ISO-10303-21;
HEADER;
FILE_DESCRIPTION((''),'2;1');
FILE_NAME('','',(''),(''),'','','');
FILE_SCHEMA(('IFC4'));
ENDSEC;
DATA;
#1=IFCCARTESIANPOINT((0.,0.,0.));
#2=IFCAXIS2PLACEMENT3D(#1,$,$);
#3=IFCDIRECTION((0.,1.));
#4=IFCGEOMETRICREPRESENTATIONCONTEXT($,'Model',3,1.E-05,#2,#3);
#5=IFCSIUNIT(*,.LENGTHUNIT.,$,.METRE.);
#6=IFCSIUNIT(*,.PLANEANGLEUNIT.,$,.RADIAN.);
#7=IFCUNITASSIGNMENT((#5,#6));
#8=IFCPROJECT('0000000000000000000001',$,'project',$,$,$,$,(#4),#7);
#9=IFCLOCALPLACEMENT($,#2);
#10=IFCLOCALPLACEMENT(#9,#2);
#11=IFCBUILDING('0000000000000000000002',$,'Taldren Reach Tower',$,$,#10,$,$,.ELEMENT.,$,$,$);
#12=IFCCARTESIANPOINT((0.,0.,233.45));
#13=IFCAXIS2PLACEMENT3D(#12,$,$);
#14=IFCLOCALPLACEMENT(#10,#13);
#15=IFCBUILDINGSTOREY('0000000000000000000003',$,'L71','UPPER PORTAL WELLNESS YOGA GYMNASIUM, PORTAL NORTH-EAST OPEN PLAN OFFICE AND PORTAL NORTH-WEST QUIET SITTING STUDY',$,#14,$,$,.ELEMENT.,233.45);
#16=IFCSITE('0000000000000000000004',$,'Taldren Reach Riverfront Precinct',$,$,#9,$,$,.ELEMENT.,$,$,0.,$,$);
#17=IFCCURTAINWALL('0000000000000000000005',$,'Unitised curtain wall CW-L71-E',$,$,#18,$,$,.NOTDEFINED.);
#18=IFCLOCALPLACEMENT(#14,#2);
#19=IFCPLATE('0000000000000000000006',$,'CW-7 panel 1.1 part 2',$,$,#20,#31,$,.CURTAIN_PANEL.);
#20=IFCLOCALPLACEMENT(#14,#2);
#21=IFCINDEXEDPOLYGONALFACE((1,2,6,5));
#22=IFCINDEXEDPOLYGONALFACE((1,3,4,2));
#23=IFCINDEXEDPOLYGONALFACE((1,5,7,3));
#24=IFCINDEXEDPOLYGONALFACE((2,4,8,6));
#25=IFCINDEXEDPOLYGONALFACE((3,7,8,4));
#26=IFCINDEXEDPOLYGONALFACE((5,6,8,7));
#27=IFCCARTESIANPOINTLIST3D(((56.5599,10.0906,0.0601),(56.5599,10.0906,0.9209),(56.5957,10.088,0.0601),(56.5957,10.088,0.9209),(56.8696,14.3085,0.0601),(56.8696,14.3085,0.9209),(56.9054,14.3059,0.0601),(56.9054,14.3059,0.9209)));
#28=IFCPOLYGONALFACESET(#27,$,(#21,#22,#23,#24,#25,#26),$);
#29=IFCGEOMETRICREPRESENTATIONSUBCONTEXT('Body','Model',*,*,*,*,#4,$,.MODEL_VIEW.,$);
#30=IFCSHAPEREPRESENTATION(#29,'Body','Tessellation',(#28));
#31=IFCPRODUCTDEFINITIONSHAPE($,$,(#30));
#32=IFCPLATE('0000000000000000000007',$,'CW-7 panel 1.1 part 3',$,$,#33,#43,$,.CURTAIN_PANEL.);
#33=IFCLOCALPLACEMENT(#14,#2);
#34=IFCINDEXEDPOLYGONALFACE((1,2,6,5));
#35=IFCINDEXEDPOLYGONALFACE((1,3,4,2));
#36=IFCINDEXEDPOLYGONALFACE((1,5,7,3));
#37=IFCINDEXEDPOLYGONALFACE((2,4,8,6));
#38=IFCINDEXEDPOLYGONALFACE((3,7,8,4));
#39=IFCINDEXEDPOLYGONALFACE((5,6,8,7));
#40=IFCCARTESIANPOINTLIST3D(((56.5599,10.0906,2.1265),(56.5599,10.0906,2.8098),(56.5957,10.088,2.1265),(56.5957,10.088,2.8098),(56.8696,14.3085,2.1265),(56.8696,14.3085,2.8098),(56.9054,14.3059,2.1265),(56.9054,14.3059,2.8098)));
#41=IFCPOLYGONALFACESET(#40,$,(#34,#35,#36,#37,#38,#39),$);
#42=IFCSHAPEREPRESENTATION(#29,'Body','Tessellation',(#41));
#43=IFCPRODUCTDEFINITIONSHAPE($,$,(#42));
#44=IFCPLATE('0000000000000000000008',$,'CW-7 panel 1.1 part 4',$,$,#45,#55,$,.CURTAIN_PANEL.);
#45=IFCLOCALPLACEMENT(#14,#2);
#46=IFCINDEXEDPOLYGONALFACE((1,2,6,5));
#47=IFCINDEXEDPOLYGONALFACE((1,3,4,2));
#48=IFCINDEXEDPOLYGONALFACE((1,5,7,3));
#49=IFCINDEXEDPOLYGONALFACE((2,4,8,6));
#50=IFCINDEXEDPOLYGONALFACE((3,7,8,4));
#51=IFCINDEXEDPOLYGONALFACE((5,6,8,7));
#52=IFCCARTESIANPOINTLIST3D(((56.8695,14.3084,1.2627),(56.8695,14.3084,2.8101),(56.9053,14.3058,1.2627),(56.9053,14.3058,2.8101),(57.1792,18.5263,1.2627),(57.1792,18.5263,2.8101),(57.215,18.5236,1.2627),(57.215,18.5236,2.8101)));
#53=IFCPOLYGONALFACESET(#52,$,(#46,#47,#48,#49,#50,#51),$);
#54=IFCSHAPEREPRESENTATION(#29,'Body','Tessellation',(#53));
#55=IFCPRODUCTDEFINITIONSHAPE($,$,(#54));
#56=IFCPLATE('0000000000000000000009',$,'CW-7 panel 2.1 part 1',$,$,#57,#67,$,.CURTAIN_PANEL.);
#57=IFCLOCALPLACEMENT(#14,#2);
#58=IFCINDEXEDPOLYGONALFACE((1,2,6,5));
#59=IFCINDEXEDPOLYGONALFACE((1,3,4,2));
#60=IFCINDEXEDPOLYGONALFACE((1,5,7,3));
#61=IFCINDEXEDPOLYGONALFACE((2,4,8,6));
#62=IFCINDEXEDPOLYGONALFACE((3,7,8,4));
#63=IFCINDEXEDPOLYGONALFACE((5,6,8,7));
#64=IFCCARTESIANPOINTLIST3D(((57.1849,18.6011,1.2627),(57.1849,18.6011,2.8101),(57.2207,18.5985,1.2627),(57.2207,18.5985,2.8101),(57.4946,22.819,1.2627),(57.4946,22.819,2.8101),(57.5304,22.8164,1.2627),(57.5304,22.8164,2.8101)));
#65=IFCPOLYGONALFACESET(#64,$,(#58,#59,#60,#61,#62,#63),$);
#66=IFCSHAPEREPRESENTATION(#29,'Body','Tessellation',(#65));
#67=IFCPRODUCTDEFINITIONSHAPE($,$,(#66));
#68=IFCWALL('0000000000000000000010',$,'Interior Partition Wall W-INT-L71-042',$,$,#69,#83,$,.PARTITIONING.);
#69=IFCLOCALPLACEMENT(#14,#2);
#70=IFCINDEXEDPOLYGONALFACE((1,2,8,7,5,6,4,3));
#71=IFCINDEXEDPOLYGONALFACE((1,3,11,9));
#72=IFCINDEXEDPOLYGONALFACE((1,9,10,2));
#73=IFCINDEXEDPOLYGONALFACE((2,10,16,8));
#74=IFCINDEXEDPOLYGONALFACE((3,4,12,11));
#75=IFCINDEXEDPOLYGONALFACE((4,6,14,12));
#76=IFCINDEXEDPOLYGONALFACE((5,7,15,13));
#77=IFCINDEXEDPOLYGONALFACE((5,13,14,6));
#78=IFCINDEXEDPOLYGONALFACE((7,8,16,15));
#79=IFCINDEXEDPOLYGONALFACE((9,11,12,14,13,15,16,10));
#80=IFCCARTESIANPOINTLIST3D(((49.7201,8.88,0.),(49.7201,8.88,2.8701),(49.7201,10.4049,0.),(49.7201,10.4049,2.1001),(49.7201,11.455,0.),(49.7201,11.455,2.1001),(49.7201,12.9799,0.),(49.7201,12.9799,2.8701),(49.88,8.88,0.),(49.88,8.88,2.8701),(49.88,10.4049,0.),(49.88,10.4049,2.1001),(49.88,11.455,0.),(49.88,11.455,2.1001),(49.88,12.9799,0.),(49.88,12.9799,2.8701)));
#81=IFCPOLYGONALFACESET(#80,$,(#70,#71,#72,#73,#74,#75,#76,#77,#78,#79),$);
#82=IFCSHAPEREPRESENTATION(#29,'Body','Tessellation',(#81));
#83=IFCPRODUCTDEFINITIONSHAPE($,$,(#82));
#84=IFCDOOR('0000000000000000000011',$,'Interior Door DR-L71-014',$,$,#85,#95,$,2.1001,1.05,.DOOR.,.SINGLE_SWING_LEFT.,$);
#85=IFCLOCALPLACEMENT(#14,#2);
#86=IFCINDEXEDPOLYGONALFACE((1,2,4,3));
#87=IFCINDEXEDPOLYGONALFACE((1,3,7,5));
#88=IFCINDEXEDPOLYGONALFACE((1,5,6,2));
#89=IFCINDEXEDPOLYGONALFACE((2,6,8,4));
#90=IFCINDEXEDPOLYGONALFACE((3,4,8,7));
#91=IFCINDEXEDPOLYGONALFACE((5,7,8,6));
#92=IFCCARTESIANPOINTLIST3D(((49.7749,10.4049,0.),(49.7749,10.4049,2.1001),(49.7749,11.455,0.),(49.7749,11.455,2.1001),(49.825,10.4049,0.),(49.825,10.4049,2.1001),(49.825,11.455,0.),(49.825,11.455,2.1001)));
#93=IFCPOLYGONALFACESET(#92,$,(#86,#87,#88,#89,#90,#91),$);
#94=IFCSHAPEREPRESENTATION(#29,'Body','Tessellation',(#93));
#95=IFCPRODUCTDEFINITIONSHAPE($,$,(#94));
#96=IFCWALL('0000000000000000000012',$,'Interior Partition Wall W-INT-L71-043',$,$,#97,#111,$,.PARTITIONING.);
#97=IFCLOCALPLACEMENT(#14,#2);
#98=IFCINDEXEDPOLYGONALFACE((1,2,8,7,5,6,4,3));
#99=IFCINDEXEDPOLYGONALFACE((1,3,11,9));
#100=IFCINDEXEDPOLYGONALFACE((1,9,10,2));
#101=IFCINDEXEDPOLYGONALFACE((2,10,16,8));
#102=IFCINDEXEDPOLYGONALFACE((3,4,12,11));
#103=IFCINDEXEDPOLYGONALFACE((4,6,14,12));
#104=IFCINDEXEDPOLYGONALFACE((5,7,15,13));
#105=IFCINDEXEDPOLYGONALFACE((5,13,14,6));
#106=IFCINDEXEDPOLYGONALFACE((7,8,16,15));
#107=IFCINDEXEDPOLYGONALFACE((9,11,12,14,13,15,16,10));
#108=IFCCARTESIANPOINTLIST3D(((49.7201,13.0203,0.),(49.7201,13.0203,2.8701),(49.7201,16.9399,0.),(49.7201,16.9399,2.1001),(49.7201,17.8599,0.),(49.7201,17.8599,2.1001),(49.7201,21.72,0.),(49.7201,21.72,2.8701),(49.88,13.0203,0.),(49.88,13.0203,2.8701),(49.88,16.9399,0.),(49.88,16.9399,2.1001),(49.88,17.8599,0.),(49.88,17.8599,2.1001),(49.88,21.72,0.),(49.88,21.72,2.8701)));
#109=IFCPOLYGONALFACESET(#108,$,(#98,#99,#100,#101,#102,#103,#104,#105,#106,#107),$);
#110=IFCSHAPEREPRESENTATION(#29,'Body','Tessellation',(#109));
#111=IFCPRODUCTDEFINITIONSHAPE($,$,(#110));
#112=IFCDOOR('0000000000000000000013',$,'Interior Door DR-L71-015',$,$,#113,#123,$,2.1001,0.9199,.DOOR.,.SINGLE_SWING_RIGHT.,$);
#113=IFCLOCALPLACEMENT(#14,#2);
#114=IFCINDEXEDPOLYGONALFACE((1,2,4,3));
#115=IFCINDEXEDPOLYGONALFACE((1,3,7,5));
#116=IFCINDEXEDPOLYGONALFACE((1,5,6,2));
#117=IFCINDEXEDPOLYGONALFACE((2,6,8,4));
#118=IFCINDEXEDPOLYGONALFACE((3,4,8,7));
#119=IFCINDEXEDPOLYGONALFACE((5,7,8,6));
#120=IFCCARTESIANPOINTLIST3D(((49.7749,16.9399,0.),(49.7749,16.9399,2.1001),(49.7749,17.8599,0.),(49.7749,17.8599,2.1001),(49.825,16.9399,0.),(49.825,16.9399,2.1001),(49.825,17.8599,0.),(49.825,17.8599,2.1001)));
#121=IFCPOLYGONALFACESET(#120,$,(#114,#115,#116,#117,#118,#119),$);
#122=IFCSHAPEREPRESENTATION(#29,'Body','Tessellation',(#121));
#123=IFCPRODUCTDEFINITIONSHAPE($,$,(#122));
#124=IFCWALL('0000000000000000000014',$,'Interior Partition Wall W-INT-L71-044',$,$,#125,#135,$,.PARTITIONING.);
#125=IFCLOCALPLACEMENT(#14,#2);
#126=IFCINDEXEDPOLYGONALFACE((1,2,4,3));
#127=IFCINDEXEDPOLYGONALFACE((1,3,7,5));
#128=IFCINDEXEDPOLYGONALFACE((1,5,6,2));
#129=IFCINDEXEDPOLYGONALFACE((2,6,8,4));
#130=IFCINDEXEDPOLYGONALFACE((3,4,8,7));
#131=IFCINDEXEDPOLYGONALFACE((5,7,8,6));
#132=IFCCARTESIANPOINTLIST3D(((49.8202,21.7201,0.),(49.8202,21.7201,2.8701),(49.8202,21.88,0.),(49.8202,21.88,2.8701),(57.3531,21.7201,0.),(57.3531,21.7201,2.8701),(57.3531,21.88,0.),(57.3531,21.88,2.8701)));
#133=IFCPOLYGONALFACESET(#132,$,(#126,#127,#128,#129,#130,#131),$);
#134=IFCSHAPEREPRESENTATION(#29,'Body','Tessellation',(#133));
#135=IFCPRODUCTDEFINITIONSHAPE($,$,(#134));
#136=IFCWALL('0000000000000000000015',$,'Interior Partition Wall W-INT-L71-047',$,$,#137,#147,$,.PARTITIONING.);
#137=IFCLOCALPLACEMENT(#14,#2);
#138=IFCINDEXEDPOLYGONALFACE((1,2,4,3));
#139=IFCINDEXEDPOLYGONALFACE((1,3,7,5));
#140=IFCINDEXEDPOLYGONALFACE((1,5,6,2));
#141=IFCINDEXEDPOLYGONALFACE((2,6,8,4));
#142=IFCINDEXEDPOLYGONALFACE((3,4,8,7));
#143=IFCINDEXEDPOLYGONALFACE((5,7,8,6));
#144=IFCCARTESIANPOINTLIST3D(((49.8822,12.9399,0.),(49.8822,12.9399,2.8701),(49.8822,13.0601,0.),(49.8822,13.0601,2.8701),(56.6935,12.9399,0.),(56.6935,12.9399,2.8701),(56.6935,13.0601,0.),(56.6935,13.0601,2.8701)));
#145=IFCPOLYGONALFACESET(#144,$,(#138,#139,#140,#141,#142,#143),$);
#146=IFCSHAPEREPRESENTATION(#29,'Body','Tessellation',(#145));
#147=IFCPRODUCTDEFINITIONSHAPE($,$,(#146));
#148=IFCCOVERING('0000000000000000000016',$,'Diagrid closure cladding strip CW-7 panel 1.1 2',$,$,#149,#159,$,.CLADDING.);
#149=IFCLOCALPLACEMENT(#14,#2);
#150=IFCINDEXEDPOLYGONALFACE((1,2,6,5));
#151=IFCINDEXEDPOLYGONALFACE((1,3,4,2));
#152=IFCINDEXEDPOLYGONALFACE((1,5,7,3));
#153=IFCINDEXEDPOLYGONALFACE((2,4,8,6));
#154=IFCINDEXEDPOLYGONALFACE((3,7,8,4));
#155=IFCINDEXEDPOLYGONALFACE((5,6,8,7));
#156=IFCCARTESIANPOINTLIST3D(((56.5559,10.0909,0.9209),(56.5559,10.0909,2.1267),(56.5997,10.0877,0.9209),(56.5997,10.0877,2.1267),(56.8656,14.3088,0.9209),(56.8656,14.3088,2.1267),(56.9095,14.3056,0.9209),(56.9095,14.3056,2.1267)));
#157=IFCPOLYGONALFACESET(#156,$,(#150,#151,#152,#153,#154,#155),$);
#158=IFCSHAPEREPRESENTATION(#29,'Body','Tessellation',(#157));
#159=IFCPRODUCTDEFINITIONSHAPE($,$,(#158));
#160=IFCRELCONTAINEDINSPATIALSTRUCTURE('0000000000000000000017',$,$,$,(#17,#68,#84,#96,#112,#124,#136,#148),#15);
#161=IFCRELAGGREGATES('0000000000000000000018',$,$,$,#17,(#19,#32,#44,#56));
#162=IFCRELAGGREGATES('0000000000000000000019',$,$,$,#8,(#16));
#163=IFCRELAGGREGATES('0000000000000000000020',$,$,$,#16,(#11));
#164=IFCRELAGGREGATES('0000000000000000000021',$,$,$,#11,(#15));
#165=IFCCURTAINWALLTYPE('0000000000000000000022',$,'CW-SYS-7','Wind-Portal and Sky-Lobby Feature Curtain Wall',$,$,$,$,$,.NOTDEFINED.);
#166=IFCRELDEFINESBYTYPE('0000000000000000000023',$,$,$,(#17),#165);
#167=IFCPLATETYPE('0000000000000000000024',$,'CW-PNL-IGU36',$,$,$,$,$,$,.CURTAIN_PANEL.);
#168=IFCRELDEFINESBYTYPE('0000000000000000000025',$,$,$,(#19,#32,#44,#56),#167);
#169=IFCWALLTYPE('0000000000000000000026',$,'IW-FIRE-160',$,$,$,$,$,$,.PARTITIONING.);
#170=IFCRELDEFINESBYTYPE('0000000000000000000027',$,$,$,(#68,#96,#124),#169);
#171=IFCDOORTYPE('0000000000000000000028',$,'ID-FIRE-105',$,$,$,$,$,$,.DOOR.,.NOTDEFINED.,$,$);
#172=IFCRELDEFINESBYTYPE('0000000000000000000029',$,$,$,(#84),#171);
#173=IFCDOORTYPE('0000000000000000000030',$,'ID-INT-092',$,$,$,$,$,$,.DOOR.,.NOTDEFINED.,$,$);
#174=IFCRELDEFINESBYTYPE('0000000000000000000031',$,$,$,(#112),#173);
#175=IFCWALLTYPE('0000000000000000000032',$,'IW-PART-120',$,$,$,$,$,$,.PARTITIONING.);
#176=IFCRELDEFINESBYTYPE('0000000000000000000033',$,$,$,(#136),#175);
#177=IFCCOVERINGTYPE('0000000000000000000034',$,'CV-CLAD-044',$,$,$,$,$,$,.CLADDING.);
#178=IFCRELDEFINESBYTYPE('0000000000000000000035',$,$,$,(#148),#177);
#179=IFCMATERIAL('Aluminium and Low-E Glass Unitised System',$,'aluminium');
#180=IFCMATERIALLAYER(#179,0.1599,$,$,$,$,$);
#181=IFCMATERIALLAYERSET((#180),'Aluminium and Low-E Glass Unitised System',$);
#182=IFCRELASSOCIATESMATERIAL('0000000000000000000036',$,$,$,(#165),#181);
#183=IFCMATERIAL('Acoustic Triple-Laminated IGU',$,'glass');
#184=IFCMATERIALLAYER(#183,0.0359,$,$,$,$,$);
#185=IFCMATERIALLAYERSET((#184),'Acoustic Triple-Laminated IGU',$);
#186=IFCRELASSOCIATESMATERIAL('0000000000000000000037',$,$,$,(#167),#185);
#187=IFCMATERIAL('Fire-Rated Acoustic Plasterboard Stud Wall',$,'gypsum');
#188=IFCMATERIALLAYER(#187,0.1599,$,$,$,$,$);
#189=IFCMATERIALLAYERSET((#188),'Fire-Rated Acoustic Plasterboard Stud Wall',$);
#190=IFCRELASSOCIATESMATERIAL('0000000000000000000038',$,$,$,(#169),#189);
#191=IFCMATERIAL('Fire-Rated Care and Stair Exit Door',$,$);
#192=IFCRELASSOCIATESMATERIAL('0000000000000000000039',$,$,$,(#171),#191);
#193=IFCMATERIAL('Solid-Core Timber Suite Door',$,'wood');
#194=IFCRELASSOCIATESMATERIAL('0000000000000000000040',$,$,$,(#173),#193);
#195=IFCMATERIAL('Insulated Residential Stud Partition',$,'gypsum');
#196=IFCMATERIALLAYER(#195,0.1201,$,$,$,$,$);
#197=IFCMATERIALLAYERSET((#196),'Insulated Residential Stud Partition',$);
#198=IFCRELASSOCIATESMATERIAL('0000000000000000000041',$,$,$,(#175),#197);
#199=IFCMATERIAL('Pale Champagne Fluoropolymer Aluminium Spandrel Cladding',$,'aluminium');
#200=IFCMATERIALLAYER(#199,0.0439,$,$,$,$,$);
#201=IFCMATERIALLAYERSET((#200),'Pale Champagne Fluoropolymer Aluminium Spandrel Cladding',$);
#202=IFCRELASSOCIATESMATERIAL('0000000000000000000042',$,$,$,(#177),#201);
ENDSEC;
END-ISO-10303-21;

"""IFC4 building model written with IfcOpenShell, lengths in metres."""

from ifc_helpers import new_model, si_unit, direction, frame, frame_2d, origin, origin_2d, place, context, subcontext, project, spatial, rectangle, extrude, source, transform, mapped, material, layer, layer_set, type_object, element, fill, aggregate, save


model = new_model("IFC4")

# Units and contexts
model_context = context("Model", 3, precision=1e-05, world=origin(), true_north=direction((0.0, 1.0)))
body_context = subcontext(model_context, "Body", "Model", "MODEL_VIEW")
ifc_project = project(units=[si_unit("LENGTHUNIT", "METRE"), si_unit("PLANEANGLEUNIT", "RADIAN")], contexts=[model_context])

# Site, building, storey
site_placement = place(None, origin())
site = spatial("IfcSite", under=ifc_project, at=site_placement, Name="Taldren Reach Riverfront Precinct", CompositionType="ELEMENT", RefElevation=0.0)
building_placement = place(site_placement, origin())
building = spatial("IfcBuilding", under=site, at=building_placement, Name="Taldren Reach Tower", CompositionType="ELEMENT")
storey_placement = place(building_placement, frame((0.0, 0.0, 233.45)))
storey = spatial("IfcBuildingStorey", under=building, at=storey_placement, Name="L71", Description="UPPER PORTAL WELLNESS YOGA GYMNASIUM, PORTAL NORTH-EAST OPEN PLAN OFFICE AND PORTAL NORTH-WEST QUIET SITTING STUDY", CompositionType="ELEMENT", Elevation=233.45)

# Curtain wall
ifc_material_1 = material(Name="Aluminium and Low-E Glass Unitised System", Category="aluminium")
ifc_layer_1 = layer(ifc_material_1, 0.1599)
ifc_layer_set_1 = layer_set([ifc_layer_1], Name="Aluminium and Low-E Glass Unitised System")
curtain_wall_type = type_object("IfcCurtainWallType", Name="CW-SYS-7", Description="Wind-Portal and Sky-Lobby Feature Curtain Wall", PredefinedType="NOTDEFINED", material=ifc_layer_set_1)
curtain_wall_placement = place(storey_placement, origin())
curtain_wall = element("IfcCurtainWall", 1, at=curtain_wall_placement, inside=storey, type_object=curtain_wall_type, Name="Unitised curtain wall CW-L71-E", PredefinedType="NOTDEFINED")

# Plates
ifc_material_2 = material(Name="Acoustic Triple-Laminated IGU", Category="glass")
ifc_layer_2 = layer(ifc_material_2, 0.0359)
ifc_layer_set_2 = layer_set([ifc_layer_2], Name="Acoustic Triple-Laminated IGU")
plate_type_1 = type_object("IfcPlateType", Name="CW-PNL-IGU36", PredefinedType="CURTAIN_PANEL", material=ifc_layer_set_2)
shared_shape_1 = source(origin(), body_context, "Body", "SweptSolid", [
    extrude(rectangle(XDim=4.2292, YDim=0.0359, at=origin_2d()), origin(), (0.0, 0.0, 1.0), 0.8608),
])
plate_1_placement = place(storey_placement, frame((56.7327, 12.1982, 0.0601), z_axis=(0.0, 0.0, 1.0), x_axis=(0.073238, 0.997314, 0.0)))
plate_1 = element("IfcPlate", 2, at=plate_1_placement, type_object=plate_type_1, Name="CW-7 panel 1.1 part 2", PredefinedType="CURTAIN_PANEL", context=body_context, shape_type="MappedRepresentation", body=[
    mapped(shared_shape_1, transform((0.0, 0.0, 0.0), scale=1.0)),
])
shared_shape_2 = source(origin(), body_context, "Body", "SweptSolid", [
    extrude(rectangle(XDim=4.2292, YDim=0.0359, at=origin_2d()), origin(), (0.0, 0.0, 1.0), 0.6833),
])
plate_2_placement = place(storey_placement, frame((56.7327, 12.1982, 2.1265), z_axis=(0.0, 0.0, 1.0), x_axis=(0.073238, 0.997314, 0.0)))
plate_2 = element("IfcPlate", 3, at=plate_2_placement, type_object=plate_type_1, Name="CW-7 panel 1.1 part 3", PredefinedType="CURTAIN_PANEL", context=body_context, shape_type="MappedRepresentation", body=[
    mapped(shared_shape_2, transform((0.0, 0.0, 0.0), scale=1.0)),
])
shared_shape_3 = source(origin(), body_context, "Body", "SweptSolid", [
    extrude(rectangle(XDim=4.2292, YDim=0.0359, at=origin_2d()), origin(), (0.0, 0.0, 1.0), 1.5474),
])
plate_3_placement = place(storey_placement, frame((57.0422, 16.416, 1.2627), z_axis=(0.0, 0.0, 1.0), x_axis=(0.073238, 0.997314, 0.0)))
plate_3 = element("IfcPlate", 4, at=plate_3_placement, type_object=plate_type_1, Name="CW-7 panel 1.1 part 4", PredefinedType="CURTAIN_PANEL", context=body_context, shape_type="MappedRepresentation", body=[
    mapped(shared_shape_3, transform((0.0, 0.0, 0.0), scale=1.0)),
])
plate_4_placement = place(storey_placement, frame((57.3577, 20.7087, 1.2627), z_axis=(0.0, 0.0, 1.0), x_axis=(0.073238, 0.997314, 0.0)))
plate_4 = element("IfcPlate", 5, at=plate_4_placement, type_object=plate_type_1, Name="CW-7 panel 2.1 part 1", PredefinedType="CURTAIN_PANEL", context=body_context, shape_type="MappedRepresentation", body=[
    mapped(shared_shape_3, transform((0.0, 0.0, 0.0), scale=1.0)),
])
aggregate(curtain_wall, [plate_1, plate_2, plate_3, plate_4])

# Walls, openings, doors
ifc_material_3 = material(Name="Fire-Rated Acoustic Plasterboard Stud Wall", Category="gypsum")
ifc_layer_3 = layer(ifc_material_3, 0.1599)
ifc_layer_set_3 = layer_set([ifc_layer_3], Name="Fire-Rated Acoustic Plasterboard Stud Wall")
wall_type_1 = type_object("IfcWallType", Name="IW-FIRE-160", PredefinedType="PARTITIONING", material=ifc_layer_set_3)
shared_shape_4 = source(origin(), body_context, "Body", "SweptSolid", [
    extrude(rectangle(XDim=4.0999, YDim=0.1599, at=frame_2d((2.0498, 0.0))), origin(), (0.0, 0.0, 1.0), 2.8701),
])
wall_1_placement = place(storey_placement, frame((49.8, 12.9797, 0.0), z_axis=(0.0, 0.0, 1.0), x_axis=(0.0, -1.0, 0.0)))
wall_1 = element("IfcWall", 6, at=wall_1_placement, inside=storey, type_object=wall_type_1, Name="Interior Partition Wall W-INT-L71-042", PredefinedType="PARTITIONING", context=body_context, shape_type="MappedRepresentation", body=[
    mapped(shared_shape_4, transform((0.0, 0.0, 0.0), scale=1.0)),
])
shared_shape_5 = source(origin(), body_context, "Body", "SweptSolid", [
    extrude(rectangle(XDim=1.05, YDim=2.1001, at=frame_2d((0.5249, 1.05))), frame((0.0, 0.0898, 0.0), z_axis=(0.0, -1.0, 0.0), x_axis=(1.0, 0.0, 0.0)), (0.0, 0.0, 1.0), 0.1799),
])
opening_1_placement = place(wall_1_placement, frame((1.5249, 0.0, 0.0)))
opening_1 = element("IfcOpeningElement", 7, at=opening_1_placement, cuts=wall_1, PredefinedType="OPENING", context=body_context, shape_type="MappedRepresentation", body=[
    mapped(shared_shape_5, transform((0.0, 0.0, 0.0), scale=1.0)),
])
ifc_material_4 = material(Name="Fire-Rated Care and Stair Exit Door")
door_type_1 = type_object("IfcDoorType", Name="ID-FIRE-105", OperationType="NOTDEFINED", PredefinedType="DOOR", material=ifc_material_4)
shared_shape_6 = source(origin(), body_context, "Body", "SweptSolid", [
    extrude(rectangle(XDim=1.05, YDim=2.1001, at=frame_2d((0.5249, 1.05))), frame((0.0, 0.0249, 0.0), z_axis=(0.0, -1.0, 0.0), x_axis=(1.0, 0.0, 0.0)), (0.0, 0.0, 1.0), 0.05),
])
door_1_placement = place(opening_1_placement, origin())
door_1 = element("IfcDoor", 8, at=door_1_placement, inside=storey, type_object=door_type_1, Name="Interior Door DR-L71-014", OperationType="SINGLE_SWING_LEFT", OverallHeight=2.1001, OverallWidth=1.05, PredefinedType="DOOR", context=body_context, shape_type="MappedRepresentation", body=[
    mapped(shared_shape_6, transform((0.0, 0.0, 0.0), scale=1.0)),
])
fill(opening_1, door_1)
shared_shape_7 = source(origin(), body_context, "Body", "SweptSolid", [
    extrude(rectangle(XDim=8.6997, YDim=0.1599, at=frame_2d((4.3499, 0.0))), origin(), (0.0, 0.0, 1.0), 2.8701),
])
wall_2_placement = place(storey_placement, frame((49.8, 21.72, 0.0), z_axis=(0.0, 0.0, 1.0), x_axis=(0.0, -1.0, 0.0)))
wall_2 = element("IfcWall", 9, at=wall_2_placement, inside=storey, type_object=wall_type_1, Name="Interior Partition Wall W-INT-L71-043", PredefinedType="PARTITIONING", context=body_context, shape_type="MappedRepresentation", body=[
    mapped(shared_shape_7, transform((0.0, 0.0, 0.0), scale=1.0)),
])
shared_shape_8 = source(origin(), body_context, "Body", "SweptSolid", [
    extrude(rectangle(XDim=0.9199, YDim=2.1001, at=frame_2d((0.46, 1.05))), frame((0.0, 0.0898, 0.0), z_axis=(0.0, -1.0, 0.0), x_axis=(1.0, 0.0, 0.0)), (0.0, 0.0, 1.0), 0.1799),
])
opening_2_placement = place(wall_2_placement, frame((3.8601, 0.0, 0.0)))
opening_2 = element("IfcOpeningElement", 10, at=opening_2_placement, cuts=wall_2, PredefinedType="OPENING", context=body_context, shape_type="MappedRepresentation", body=[
    mapped(shared_shape_8, transform((0.0, 0.0, 0.0), scale=1.0)),
])
ifc_material_5 = material(Name="Solid-Core Timber Suite Door", Category="wood")
door_type_2 = type_object("IfcDoorType", Name="ID-INT-092", OperationType="NOTDEFINED", PredefinedType="DOOR", material=ifc_material_5)
shared_shape_9 = source(origin(), body_context, "Body", "SweptSolid", [
    extrude(rectangle(XDim=0.9199, YDim=2.1001, at=frame_2d((0.46, 1.05))), frame((0.0, 0.0249, 0.0), z_axis=(0.0, -1.0, 0.0), x_axis=(1.0, 0.0, 0.0)), (0.0, 0.0, 1.0), 0.05),
])
door_2_placement = place(opening_2_placement, origin())
door_2 = element("IfcDoor", 11, at=door_2_placement, inside=storey, type_object=door_type_2, Name="Interior Door DR-L71-015", OperationType="SINGLE_SWING_RIGHT", OverallHeight=2.1001, OverallWidth=0.9199, PredefinedType="DOOR", context=body_context, shape_type="MappedRepresentation", body=[
    mapped(shared_shape_9, transform((0.0, 0.0, 0.0), scale=1.0)),
])
fill(opening_2, door_2)

# Walls
shared_shape_10 = source(origin(), body_context, "Body", "SweptSolid", [
    extrude(rectangle(XDim=7.533, YDim=0.1599, at=frame_2d((3.7666, 0.0))), origin(), (0.0, 0.0, 1.0), 2.8701),
])
wall_3_placement = place(storey_placement, frame((57.3533, 21.8, 0.0), z_axis=(0.0, 0.0, 1.0), x_axis=(-1.0, 0.0, 0.0)))
element("IfcWall", 12, at=wall_3_placement, inside=storey, type_object=wall_type_1, Name="Interior Partition Wall W-INT-L71-044", PredefinedType="PARTITIONING", context=body_context, shape_type="MappedRepresentation", body=[
    mapped(shared_shape_10, transform((0.0, 0.0, 0.0), scale=1.0)),
])
ifc_material_6 = material(Name="Insulated Residential Stud Partition", Category="gypsum")
ifc_layer_4 = layer(ifc_material_6, 0.1201)
ifc_layer_set_4 = layer_set([ifc_layer_4], Name="Insulated Residential Stud Partition")
wall_type_2 = type_object("IfcWallType", Name="IW-PART-120", PredefinedType="PARTITIONING", material=ifc_layer_set_4)
shared_shape_11 = source(origin(), body_context, "Body", "SweptSolid", [
    extrude(rectangle(XDim=6.8113, YDim=0.1201, at=frame_2d((3.4058, 0.0))), origin(), (0.0, 0.0, 1.0), 2.8701),
])
wall_4_placement = place(storey_placement, frame((49.8821, 13.0, 0.0), z_axis=(0.0, 0.0, 1.0), x_axis=(1.0, 0.0, 0.0)))
element("IfcWall", 13, at=wall_4_placement, inside=storey, type_object=wall_type_2, Name="Interior Partition Wall W-INT-L71-047", PredefinedType="PARTITIONING", context=body_context, shape_type="MappedRepresentation", body=[
    mapped(shared_shape_11, transform((0.0, 0.0, 0.0), scale=1.0)),
])

# Covering
ifc_material_7 = material(Name="Pale Champagne Fluoropolymer Aluminium Spandrel Cladding", Category="aluminium")
ifc_layer_5 = layer(ifc_material_7, 0.0439)
ifc_layer_set_5 = layer_set([ifc_layer_5], Name="Pale Champagne Fluoropolymer Aluminium Spandrel Cladding")
covering_type = type_object("IfcCoveringType", Name="CV-CLAD-044", PredefinedType="CLADDING", material=ifc_layer_set_5)
shared_shape_12 = source(origin(), body_context, "Body", "SweptSolid", [
    extrude(rectangle(XDim=4.2292, YDim=0.0439, at=origin_2d()), origin(), (0.0, 0.0, 1.0), 1.2058),
])
covering_placement = place(storey_placement, frame((56.7327, 12.1982, 0.9209), z_axis=(0.0, 0.0, 1.0), x_axis=(0.073238, 0.997314, 0.0)))
element("IfcCovering", 14, at=covering_placement, inside=storey, type_object=covering_type, Name="Diagrid closure cladding strip CW-7 panel 1.1 2", PredefinedType="CLADDING", context=body_context, shape_type="MappedRepresentation", body=[
    mapped(shared_shape_12, transform((0.0, 0.0, 0.0), scale=1.0)),
])

save(model, "model.ifc")
